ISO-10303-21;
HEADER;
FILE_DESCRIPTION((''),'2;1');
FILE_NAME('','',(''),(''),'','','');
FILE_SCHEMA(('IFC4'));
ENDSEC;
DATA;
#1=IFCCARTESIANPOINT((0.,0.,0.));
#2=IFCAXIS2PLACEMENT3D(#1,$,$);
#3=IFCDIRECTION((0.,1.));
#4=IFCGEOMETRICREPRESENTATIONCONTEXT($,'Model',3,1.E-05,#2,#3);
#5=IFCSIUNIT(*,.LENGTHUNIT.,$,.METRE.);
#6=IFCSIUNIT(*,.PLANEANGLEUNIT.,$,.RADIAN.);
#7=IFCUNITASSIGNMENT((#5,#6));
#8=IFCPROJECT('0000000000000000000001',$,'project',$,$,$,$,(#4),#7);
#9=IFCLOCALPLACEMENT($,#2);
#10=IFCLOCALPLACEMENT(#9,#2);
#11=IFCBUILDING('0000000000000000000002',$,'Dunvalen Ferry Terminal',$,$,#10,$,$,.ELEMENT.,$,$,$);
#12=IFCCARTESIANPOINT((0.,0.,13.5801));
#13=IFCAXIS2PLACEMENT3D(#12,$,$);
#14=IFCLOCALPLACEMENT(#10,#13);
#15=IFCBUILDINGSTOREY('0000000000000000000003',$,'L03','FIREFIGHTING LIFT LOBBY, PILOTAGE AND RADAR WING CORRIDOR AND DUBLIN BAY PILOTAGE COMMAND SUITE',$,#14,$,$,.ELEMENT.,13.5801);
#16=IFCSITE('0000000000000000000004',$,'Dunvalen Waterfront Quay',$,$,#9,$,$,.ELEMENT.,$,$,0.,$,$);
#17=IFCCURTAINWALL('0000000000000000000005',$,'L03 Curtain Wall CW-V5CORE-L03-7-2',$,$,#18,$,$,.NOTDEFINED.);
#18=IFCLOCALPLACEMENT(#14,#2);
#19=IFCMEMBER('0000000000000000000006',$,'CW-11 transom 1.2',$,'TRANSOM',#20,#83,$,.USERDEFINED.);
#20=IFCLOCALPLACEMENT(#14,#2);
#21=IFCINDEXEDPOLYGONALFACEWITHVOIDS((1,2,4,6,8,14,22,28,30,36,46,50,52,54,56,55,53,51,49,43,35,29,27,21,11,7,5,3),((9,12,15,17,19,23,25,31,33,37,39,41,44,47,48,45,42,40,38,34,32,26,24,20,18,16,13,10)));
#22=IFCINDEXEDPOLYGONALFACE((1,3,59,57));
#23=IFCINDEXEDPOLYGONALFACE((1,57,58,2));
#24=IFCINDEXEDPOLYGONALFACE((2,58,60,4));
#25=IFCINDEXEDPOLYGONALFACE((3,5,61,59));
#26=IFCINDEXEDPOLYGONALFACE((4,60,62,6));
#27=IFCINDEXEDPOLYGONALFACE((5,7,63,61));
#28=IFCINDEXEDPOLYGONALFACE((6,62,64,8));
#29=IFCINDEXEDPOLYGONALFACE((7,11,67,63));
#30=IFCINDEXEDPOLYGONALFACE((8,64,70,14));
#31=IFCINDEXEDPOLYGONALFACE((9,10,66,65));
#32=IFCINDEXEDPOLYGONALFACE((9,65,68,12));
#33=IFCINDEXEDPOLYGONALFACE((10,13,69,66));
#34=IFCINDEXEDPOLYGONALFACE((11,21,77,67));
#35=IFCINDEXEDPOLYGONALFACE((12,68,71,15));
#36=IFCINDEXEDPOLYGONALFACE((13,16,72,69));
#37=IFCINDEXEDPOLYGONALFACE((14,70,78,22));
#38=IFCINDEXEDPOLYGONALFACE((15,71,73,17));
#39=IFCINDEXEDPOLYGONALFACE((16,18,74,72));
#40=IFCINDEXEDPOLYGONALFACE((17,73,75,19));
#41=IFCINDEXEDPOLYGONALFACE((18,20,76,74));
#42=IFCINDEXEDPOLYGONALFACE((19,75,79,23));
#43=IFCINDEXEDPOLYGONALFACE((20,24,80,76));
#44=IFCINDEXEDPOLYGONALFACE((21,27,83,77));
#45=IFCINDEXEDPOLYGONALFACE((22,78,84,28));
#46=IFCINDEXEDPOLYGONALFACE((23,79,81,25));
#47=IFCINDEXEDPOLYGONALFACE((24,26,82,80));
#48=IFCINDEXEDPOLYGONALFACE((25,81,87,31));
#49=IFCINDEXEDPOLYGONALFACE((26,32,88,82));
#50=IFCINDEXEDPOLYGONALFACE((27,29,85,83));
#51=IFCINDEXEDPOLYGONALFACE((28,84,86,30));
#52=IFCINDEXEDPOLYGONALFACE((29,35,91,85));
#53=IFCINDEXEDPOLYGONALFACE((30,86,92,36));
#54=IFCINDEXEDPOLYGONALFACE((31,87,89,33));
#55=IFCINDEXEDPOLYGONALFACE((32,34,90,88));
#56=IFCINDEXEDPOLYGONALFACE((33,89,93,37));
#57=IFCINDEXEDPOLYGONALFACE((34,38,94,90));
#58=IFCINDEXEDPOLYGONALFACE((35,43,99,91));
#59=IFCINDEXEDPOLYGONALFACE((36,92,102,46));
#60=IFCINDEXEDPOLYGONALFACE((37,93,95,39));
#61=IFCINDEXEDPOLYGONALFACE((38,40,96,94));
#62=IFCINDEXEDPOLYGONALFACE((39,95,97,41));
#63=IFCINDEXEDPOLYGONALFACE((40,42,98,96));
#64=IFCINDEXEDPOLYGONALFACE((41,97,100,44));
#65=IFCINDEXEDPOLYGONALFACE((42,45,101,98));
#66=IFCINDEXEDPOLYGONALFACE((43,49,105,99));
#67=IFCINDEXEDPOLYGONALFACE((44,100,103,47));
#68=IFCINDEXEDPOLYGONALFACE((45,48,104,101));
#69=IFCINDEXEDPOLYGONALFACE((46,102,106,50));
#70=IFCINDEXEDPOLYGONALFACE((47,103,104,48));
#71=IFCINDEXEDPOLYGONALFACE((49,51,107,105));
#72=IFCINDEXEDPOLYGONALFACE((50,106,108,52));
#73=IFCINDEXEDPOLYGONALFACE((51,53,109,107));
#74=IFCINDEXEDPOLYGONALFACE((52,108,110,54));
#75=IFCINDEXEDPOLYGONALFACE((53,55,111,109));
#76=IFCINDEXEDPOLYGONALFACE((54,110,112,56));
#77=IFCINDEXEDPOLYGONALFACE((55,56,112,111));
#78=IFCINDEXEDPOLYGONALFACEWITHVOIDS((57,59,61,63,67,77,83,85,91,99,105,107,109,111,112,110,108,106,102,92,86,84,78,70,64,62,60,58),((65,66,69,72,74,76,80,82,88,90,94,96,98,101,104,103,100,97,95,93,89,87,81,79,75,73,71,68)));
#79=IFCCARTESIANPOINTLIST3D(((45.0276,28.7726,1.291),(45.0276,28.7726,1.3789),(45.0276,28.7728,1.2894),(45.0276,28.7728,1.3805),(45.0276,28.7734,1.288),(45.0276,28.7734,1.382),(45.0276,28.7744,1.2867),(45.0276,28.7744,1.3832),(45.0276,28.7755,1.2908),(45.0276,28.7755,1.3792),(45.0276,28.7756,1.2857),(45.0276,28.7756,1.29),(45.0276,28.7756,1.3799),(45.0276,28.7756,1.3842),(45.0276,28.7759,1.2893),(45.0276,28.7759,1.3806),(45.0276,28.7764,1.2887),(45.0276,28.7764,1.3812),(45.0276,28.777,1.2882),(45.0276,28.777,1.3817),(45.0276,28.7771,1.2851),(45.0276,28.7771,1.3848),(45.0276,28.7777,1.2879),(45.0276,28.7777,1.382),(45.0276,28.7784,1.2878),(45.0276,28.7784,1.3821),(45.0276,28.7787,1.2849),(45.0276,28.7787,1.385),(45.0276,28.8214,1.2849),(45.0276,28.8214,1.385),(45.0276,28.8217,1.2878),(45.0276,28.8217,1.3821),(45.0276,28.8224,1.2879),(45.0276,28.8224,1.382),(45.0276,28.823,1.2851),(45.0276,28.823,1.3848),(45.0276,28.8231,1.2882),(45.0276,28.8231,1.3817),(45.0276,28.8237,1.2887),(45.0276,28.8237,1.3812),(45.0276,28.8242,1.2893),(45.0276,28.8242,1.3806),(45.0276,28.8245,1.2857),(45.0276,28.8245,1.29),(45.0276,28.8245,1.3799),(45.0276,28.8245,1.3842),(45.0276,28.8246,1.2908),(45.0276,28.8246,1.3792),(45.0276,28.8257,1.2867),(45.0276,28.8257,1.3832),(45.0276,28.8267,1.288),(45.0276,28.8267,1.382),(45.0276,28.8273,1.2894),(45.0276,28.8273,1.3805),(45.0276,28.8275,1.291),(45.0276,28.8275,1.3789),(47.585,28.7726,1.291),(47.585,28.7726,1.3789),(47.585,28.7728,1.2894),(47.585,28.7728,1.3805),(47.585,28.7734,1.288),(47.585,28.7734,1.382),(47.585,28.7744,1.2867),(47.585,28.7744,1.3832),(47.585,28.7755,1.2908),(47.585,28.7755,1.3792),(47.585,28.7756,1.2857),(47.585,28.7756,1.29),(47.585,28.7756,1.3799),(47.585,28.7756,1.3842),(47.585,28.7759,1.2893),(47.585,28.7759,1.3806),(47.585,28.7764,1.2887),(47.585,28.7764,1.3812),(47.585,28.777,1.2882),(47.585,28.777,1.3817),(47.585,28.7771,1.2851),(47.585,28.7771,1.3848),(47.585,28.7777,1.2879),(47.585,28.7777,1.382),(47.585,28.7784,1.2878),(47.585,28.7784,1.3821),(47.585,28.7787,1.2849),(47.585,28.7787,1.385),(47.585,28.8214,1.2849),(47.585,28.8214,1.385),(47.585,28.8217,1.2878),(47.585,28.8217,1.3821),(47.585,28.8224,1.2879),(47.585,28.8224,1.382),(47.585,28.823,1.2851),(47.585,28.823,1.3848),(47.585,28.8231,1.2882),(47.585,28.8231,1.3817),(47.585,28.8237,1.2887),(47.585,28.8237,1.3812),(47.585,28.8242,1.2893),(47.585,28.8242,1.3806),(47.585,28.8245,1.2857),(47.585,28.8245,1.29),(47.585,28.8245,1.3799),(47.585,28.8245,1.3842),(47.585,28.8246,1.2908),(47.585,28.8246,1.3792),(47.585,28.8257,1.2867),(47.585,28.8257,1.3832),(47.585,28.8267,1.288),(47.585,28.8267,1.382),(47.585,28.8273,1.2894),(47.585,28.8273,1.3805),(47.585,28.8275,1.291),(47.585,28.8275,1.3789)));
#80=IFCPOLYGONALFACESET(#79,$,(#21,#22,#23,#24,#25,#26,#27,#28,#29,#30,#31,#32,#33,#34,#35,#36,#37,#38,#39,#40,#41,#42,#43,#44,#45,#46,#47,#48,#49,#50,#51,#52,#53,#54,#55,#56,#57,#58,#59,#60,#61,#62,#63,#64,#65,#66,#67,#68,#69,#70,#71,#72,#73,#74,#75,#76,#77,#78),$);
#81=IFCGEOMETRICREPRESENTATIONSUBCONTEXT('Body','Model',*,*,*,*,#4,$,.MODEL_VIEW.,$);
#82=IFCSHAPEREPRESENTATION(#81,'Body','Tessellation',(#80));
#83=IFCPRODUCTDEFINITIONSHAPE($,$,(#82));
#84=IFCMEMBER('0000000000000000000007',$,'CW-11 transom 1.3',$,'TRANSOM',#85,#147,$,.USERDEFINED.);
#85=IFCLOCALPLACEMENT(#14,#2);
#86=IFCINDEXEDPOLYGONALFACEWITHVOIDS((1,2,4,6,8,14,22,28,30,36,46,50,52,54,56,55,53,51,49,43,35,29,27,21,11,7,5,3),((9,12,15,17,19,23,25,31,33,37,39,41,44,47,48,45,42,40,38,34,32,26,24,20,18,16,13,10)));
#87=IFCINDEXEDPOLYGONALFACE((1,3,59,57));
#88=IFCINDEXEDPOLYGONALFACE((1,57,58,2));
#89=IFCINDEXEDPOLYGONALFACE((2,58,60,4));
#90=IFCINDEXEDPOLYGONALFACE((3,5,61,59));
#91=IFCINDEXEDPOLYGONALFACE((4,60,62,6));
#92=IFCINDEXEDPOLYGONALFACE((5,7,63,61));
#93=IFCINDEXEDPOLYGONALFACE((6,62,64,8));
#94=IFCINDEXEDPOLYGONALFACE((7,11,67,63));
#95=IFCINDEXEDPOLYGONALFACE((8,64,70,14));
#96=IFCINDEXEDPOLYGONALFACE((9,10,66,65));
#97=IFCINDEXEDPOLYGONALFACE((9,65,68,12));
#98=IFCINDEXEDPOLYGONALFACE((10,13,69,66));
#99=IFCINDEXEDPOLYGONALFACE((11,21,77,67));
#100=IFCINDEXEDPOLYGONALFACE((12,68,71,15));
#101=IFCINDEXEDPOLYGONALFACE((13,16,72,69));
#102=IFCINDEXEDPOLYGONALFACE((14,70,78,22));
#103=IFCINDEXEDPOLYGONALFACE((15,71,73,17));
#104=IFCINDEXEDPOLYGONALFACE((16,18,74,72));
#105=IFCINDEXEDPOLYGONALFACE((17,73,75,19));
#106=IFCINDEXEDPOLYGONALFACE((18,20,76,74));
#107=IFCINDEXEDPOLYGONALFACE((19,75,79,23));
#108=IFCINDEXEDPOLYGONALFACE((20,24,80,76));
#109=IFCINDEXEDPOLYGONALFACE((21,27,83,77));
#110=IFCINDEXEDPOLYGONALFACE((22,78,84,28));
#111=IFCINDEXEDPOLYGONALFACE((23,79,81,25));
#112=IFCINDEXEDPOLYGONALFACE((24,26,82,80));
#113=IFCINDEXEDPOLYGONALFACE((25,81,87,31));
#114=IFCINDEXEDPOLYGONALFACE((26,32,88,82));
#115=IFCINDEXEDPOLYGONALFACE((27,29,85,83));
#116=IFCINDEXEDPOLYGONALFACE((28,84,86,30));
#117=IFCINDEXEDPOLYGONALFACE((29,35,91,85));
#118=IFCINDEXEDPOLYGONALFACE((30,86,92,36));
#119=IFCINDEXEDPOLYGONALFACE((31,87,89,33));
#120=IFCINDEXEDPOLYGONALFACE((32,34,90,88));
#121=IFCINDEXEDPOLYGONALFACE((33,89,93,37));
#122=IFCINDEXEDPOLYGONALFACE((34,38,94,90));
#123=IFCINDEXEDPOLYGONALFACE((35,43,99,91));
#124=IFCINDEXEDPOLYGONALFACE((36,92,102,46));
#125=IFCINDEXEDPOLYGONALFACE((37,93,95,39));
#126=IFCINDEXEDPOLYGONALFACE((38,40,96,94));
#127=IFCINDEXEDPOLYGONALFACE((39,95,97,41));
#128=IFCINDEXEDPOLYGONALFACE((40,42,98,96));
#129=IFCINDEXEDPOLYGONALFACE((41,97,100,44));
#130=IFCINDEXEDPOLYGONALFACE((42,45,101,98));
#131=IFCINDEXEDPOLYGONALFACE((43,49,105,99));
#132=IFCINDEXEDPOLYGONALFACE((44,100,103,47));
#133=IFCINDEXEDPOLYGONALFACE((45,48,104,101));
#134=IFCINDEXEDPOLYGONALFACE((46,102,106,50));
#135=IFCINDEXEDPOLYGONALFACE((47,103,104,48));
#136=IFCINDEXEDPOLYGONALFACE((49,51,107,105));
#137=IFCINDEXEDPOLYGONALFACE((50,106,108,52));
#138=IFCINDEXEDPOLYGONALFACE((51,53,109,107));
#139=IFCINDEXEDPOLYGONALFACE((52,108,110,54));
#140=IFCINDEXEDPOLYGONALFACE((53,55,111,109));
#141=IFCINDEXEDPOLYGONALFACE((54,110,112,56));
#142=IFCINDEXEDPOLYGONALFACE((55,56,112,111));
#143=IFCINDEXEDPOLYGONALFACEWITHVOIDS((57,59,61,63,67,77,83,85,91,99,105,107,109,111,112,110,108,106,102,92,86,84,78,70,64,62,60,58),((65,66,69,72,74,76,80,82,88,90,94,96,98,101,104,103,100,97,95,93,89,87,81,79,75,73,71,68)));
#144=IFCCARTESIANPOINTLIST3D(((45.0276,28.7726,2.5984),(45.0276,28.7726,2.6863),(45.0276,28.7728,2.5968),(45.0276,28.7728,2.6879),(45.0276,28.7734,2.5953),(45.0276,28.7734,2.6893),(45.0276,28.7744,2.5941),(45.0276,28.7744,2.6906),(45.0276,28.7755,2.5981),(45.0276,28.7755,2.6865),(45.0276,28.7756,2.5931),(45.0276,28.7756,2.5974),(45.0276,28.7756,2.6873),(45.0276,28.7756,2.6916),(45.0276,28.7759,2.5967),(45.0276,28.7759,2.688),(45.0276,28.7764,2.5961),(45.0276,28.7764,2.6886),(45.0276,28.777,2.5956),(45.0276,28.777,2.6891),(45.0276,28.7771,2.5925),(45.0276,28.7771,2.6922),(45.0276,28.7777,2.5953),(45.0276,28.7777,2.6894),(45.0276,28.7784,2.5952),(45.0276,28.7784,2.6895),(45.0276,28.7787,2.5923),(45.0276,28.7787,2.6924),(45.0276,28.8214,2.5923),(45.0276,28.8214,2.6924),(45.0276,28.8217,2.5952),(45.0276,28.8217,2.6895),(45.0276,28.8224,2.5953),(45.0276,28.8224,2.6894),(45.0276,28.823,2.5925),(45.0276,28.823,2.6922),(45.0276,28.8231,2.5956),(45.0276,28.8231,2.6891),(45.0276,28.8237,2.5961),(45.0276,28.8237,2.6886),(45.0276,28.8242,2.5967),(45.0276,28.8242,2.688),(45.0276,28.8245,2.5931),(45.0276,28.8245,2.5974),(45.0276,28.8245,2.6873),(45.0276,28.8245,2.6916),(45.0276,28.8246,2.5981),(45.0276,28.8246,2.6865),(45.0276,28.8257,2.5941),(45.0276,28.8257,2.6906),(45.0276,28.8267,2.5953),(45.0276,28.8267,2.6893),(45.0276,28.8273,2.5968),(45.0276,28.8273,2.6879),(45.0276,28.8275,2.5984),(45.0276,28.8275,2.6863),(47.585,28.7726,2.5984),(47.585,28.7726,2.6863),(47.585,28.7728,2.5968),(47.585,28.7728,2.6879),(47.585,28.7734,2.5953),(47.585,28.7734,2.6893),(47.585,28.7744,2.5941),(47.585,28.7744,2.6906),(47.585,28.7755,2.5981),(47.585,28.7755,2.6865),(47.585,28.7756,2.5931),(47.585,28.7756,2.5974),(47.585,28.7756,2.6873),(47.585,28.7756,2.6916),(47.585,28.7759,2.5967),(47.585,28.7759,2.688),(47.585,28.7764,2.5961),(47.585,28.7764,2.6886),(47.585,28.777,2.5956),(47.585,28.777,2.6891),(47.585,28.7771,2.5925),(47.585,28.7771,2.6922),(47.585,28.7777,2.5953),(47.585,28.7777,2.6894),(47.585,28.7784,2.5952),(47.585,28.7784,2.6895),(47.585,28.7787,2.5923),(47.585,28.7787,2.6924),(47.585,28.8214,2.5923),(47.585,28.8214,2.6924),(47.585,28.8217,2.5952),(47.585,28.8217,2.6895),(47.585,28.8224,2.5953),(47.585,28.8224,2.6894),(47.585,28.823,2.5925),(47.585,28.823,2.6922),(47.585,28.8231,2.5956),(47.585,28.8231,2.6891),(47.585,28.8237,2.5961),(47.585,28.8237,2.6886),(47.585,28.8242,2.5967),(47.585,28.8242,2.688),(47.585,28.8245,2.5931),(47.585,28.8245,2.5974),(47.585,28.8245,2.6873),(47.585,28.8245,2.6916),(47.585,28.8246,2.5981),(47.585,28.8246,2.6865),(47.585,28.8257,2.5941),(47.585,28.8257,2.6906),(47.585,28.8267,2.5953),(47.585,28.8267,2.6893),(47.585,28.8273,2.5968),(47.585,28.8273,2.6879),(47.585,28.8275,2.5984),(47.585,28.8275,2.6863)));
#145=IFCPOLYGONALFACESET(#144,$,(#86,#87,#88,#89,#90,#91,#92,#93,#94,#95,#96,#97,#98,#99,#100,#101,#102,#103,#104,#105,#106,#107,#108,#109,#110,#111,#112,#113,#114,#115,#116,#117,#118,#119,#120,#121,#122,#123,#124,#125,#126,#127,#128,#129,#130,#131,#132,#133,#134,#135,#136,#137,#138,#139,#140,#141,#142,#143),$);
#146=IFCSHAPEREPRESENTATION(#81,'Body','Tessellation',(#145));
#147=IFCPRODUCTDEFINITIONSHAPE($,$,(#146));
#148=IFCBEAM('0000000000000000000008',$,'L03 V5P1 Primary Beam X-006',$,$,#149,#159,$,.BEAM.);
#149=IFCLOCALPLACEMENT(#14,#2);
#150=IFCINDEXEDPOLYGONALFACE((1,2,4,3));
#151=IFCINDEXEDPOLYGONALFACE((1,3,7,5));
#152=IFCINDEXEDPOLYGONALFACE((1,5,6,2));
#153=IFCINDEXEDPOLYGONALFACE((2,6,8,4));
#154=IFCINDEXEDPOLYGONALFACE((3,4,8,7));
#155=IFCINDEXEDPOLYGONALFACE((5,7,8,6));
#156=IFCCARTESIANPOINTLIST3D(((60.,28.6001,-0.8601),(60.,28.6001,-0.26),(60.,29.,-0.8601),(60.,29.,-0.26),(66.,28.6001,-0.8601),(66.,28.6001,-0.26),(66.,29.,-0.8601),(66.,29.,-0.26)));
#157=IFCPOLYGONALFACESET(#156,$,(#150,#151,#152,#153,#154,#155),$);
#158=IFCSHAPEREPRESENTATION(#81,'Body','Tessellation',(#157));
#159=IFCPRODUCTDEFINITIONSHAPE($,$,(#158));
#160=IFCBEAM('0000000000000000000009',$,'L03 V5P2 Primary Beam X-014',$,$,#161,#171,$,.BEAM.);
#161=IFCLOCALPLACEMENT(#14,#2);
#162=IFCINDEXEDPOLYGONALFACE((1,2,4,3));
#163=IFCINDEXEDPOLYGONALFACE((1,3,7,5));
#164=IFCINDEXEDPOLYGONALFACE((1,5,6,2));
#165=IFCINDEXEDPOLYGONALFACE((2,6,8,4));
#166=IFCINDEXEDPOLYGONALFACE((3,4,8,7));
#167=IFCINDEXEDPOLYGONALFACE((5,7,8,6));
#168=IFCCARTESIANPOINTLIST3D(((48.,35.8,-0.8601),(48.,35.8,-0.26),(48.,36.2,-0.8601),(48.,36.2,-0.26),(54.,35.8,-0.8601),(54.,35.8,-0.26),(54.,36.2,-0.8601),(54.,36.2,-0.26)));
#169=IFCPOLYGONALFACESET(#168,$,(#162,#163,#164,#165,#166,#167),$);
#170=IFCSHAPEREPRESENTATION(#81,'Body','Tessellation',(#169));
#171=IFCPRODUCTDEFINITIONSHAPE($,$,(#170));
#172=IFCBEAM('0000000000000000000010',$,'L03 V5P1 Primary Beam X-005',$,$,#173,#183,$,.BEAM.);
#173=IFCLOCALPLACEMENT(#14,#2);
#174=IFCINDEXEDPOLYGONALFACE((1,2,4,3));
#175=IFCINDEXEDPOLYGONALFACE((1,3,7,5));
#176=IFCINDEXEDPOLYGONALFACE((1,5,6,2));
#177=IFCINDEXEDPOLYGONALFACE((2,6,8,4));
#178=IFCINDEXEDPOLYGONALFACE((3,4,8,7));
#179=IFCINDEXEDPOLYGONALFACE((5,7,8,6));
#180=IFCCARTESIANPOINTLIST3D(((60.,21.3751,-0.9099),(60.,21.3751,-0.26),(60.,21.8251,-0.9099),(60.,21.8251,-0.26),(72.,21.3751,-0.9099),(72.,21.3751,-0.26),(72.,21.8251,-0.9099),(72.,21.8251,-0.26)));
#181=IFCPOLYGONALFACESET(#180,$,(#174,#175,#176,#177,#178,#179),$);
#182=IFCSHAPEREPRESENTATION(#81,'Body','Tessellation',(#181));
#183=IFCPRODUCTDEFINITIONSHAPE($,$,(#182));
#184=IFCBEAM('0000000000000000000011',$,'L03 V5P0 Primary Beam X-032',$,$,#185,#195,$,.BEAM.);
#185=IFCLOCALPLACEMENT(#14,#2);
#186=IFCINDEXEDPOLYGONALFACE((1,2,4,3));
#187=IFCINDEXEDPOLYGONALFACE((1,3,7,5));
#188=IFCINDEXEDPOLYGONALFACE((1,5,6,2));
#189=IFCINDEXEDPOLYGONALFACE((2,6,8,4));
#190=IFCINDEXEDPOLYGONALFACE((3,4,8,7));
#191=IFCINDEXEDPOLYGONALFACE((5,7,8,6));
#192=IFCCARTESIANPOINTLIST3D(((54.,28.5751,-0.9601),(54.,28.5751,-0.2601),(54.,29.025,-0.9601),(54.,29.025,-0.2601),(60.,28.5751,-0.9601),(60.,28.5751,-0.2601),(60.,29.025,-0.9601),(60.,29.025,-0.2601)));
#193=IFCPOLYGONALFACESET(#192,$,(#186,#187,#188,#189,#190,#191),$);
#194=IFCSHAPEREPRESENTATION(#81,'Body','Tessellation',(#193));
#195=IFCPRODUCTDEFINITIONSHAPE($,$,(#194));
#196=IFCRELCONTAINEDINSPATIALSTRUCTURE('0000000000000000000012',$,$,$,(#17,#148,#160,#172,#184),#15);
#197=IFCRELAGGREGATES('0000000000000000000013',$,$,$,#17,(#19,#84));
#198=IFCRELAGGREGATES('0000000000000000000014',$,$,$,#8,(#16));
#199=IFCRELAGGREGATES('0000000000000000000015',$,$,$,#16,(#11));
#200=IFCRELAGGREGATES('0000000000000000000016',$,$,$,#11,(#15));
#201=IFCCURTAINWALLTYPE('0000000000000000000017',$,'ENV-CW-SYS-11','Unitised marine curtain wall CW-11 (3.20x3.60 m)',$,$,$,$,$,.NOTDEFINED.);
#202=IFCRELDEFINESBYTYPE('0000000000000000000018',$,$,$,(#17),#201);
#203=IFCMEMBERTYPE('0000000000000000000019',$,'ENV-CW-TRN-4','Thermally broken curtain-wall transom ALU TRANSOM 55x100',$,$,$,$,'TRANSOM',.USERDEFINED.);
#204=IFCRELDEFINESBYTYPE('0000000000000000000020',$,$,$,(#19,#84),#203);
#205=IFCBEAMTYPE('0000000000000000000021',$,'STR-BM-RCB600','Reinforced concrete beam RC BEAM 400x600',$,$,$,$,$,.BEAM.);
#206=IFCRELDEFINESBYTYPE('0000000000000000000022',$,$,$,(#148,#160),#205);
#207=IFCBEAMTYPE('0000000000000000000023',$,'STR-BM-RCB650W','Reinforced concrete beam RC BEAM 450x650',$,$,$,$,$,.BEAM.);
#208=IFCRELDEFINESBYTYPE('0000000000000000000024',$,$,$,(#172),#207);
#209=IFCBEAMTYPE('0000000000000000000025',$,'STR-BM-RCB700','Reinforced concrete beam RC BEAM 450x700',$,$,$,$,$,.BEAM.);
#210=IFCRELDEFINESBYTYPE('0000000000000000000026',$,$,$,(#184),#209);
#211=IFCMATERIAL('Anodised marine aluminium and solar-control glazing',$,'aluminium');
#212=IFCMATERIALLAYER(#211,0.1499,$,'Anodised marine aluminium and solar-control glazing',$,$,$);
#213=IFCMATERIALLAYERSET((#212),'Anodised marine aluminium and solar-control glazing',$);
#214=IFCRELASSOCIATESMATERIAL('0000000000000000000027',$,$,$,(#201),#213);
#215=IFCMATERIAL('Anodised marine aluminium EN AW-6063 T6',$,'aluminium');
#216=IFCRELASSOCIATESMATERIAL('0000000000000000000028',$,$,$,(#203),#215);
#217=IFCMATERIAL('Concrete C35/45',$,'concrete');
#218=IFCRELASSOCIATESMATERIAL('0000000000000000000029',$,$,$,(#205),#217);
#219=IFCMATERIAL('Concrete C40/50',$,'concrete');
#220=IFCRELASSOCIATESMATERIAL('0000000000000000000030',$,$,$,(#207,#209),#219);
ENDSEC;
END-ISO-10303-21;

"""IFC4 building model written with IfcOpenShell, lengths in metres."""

from ifc_helpers import new_model, si_unit, direction, frame, origin, origin_2d, place, context, subcontext, project, spatial, rectangle, hollow_rectangle, extrude, material, layer, layer_set, material_profile, profile_set, type_object, element, aggregate, save


model = new_model("IFC4")

# Units and contexts
model_context = context("Model", 3, precision=1e-05, world=origin(), true_north=direction((0.0, 1.0)))
body_context = subcontext(model_context, "Body", "Model", "MODEL_VIEW")
ifc_project = project(units=[si_unit("LENGTHUNIT", "METRE"), si_unit("PLANEANGLEUNIT", "RADIAN")], contexts=[model_context])

# Site, building, storey
site_placement = place(None, origin())
site = spatial("IfcSite", under=ifc_project, at=site_placement, Name="Dunvalen Waterfront Quay", CompositionType="ELEMENT", RefElevation=0.0)
building_placement = place(site_placement, origin())
building = spatial("IfcBuilding", under=site, at=building_placement, Name="Dunvalen Ferry Terminal", CompositionType="ELEMENT")
storey_placement = place(building_placement, frame((0.0, 0.0, 13.5801)))
storey = spatial("IfcBuildingStorey", under=building, at=storey_placement, Name="L03", Description="FIREFIGHTING LIFT LOBBY, PILOTAGE AND RADAR WING CORRIDOR AND DUBLIN BAY PILOTAGE COMMAND SUITE", CompositionType="ELEMENT", Elevation=13.5801)

# Shared definitions
ifc_material_1 = material(Name="Concrete C40/50", Category="concrete")

# Curtain wall, members
ifc_material_2 = material(Name="Anodised marine aluminium and solar-control glazing", Category="aluminium")
ifc_layer_1 = layer(ifc_material_2, 0.1499, Name="Anodised marine aluminium and solar-control glazing")
ifc_layer_set_1 = layer_set([ifc_layer_1], Name="Anodised marine aluminium and solar-control glazing")
curtain_wall_type = type_object("IfcCurtainWallType", Name="ENV-CW-SYS-11", Description="Unitised marine curtain wall CW-11 (3.20x3.60 m)", PredefinedType="NOTDEFINED", material=ifc_layer_set_1)
curtain_wall_placement = place(storey_placement, origin())
curtain_wall = element("IfcCurtainWall", 1, at=curtain_wall_placement, inside=storey, type_object=curtain_wall_type, Name="L03 Curtain Wall CW-V5CORE-L03-7-2", PredefinedType="NOTDEFINED")
ifc_material_3 = material(Name="Anodised marine aluminium EN AW-6063 T6", Category="aluminium")
ifc_material_profile_1 = material_profile(ifc_material_3, hollow_rectangle(XDim=0.0549, YDim=0.1001, WallThickness=0.0029, InnerFilletRadius=0.0029, OuterFilletRadius=0.0061, at=origin_2d()), Name="Anodised marine aluminium EN AW-6063 T6")
ifc_profile_set_1 = profile_set([ifc_material_profile_1], Name="Anodised marine aluminium EN AW-6063 T6")
member_type_1 = type_object("IfcMemberType", Name="ENV-CW-TRN-4", Description="Thermally broken curtain-wall transom ALU TRANSOM 55x100", ElementType="TRANSOM", PredefinedType="USERDEFINED", material=ifc_profile_set_1)
member_1_placement = place(storey_placement, frame((47.585, 28.8, 1.335), z_axis=(-1.0, 0.0, 0.0), x_axis=(0.0, -1.0, 0.0)))
member_1 = element("IfcMember", 2, at=member_1_placement, type_object=member_type_1, Name="CW-11 transom 1.2", ObjectType="TRANSOM", PredefinedType="USERDEFINED", context=body_context, shape_type="SweptSolid", body=[
    extrude(hollow_rectangle(XDim=0.0549, YDim=0.1001, WallThickness=0.0029, InnerFilletRadius=0.0029, OuterFilletRadius=0.0061, at=origin_2d()), origin(), (0.0, 0.0, 1.0), 2.5574),
])
member_2_placement = place(storey_placement, frame((47.585, 28.8, 2.6423), z_axis=(-1.0, 0.0, 0.0), x_axis=(0.0, -1.0, 0.0)))
member_2 = element("IfcMember", 3, at=member_2_placement, type_object=member_type_1, Name="CW-11 transom 1.3", ObjectType="TRANSOM", PredefinedType="USERDEFINED", context=body_context, shape_type="SweptSolid", body=[
    extrude(hollow_rectangle(XDim=0.0549, YDim=0.1001, WallThickness=0.0029, InnerFilletRadius=0.0029, OuterFilletRadius=0.0061, at=origin_2d()), origin(), (0.0, 0.0, 1.0), 2.5574),
])

# Beams
ifc_material_4 = material(Name="Concrete C35/45", Category="concrete")
ifc_material_profile_2 = material_profile(ifc_material_4, rectangle(XDim=0.3999, YDim=0.6001, at=origin_2d()), Name="Concrete C35/45")
ifc_profile_set_2 = profile_set([ifc_material_profile_2], Name="Concrete C35/45")
beam_type_1 = type_object("IfcBeamType", Name="STR-BM-RCB600", Description="Reinforced concrete beam RC BEAM 400x600", PredefinedType="BEAM", material=ifc_profile_set_2)
for number, where, z_axis, x_axis, name in (
    (4, (60.0, 28.8, -0.5601), (1.0, 0.0, 0.0), (0.0, 1.0, 0.0), "L03 V5P1 Primary Beam X-006"),
    (5, (48.0, 36.0, -0.5601), (1.0, 0.0, 0.0), (0.0, 1.0, 0.0), "L03 V5P2 Primary Beam X-014"),
):
    element("IfcBeam", number, at=place(storey_placement, frame(where, z_axis=z_axis, x_axis=x_axis)), inside=storey, type_object=beam_type_1, Name=name, PredefinedType="BEAM", context=body_context, shape_type="SweptSolid", body=[
        extrude(rectangle(XDim=0.3999, YDim=0.6001, at=origin_2d()), origin(), (0.0, 0.0, 1.0), 6.0),
    ])
ifc_material_profile_3 = material_profile(ifc_material_1, rectangle(XDim=0.45, YDim=0.6499, at=origin_2d()), Name="Concrete C40/50")
ifc_profile_set_3 = profile_set([ifc_material_profile_3], Name="Concrete C40/50")
beam_type_2 = type_object("IfcBeamType", Name="STR-BM-RCB650W", Description="Reinforced concrete beam RC BEAM 450x650", PredefinedType="BEAM", material=ifc_profile_set_3)
beam_1_placement = place(storey_placement, frame((60.0, 21.6001, -0.585), z_axis=(1.0, 0.0, 0.0), x_axis=(0.0, 1.0, 0.0)))
element("IfcBeam", 6, at=beam_1_placement, inside=storey, type_object=beam_type_2, Name="L03 V5P1 Primary Beam X-005", PredefinedType="BEAM", context=body_context, shape_type="SweptSolid", body=[
    extrude(rectangle(XDim=0.45, YDim=0.6499, at=origin_2d()), origin(), (0.0, 0.0, 1.0), 12.0),
])
ifc_material_profile_4 = material_profile(ifc_material_1, rectangle(XDim=0.45, YDim=0.7, at=origin_2d()), Name="Concrete C40/50")
ifc_profile_set_4 = profile_set([ifc_material_profile_4], Name="Concrete C40/50")
beam_type_3 = type_object("IfcBeamType", Name="STR-BM-RCB700", Description="Reinforced concrete beam RC BEAM 450x700", PredefinedType="BEAM", material=ifc_profile_set_4)
beam_2_placement = place(storey_placement, frame((54.0, 28.8, -0.6101), z_axis=(1.0, 0.0, 0.0), x_axis=(0.0, 1.0, 0.0)))
element("IfcBeam", 7, at=beam_2_placement, inside=storey, type_object=beam_type_3, Name="L03 V5P0 Primary Beam X-032", PredefinedType="BEAM", context=body_context, shape_type="SweptSolid", body=[
    extrude(rectangle(XDim=0.45, YDim=0.7, at=origin_2d()), origin(), (0.0, 0.0, 1.0), 6.0),
])

aggregate(curtain_wall, [member_1, member_2])

save(model, "model.ifc")
